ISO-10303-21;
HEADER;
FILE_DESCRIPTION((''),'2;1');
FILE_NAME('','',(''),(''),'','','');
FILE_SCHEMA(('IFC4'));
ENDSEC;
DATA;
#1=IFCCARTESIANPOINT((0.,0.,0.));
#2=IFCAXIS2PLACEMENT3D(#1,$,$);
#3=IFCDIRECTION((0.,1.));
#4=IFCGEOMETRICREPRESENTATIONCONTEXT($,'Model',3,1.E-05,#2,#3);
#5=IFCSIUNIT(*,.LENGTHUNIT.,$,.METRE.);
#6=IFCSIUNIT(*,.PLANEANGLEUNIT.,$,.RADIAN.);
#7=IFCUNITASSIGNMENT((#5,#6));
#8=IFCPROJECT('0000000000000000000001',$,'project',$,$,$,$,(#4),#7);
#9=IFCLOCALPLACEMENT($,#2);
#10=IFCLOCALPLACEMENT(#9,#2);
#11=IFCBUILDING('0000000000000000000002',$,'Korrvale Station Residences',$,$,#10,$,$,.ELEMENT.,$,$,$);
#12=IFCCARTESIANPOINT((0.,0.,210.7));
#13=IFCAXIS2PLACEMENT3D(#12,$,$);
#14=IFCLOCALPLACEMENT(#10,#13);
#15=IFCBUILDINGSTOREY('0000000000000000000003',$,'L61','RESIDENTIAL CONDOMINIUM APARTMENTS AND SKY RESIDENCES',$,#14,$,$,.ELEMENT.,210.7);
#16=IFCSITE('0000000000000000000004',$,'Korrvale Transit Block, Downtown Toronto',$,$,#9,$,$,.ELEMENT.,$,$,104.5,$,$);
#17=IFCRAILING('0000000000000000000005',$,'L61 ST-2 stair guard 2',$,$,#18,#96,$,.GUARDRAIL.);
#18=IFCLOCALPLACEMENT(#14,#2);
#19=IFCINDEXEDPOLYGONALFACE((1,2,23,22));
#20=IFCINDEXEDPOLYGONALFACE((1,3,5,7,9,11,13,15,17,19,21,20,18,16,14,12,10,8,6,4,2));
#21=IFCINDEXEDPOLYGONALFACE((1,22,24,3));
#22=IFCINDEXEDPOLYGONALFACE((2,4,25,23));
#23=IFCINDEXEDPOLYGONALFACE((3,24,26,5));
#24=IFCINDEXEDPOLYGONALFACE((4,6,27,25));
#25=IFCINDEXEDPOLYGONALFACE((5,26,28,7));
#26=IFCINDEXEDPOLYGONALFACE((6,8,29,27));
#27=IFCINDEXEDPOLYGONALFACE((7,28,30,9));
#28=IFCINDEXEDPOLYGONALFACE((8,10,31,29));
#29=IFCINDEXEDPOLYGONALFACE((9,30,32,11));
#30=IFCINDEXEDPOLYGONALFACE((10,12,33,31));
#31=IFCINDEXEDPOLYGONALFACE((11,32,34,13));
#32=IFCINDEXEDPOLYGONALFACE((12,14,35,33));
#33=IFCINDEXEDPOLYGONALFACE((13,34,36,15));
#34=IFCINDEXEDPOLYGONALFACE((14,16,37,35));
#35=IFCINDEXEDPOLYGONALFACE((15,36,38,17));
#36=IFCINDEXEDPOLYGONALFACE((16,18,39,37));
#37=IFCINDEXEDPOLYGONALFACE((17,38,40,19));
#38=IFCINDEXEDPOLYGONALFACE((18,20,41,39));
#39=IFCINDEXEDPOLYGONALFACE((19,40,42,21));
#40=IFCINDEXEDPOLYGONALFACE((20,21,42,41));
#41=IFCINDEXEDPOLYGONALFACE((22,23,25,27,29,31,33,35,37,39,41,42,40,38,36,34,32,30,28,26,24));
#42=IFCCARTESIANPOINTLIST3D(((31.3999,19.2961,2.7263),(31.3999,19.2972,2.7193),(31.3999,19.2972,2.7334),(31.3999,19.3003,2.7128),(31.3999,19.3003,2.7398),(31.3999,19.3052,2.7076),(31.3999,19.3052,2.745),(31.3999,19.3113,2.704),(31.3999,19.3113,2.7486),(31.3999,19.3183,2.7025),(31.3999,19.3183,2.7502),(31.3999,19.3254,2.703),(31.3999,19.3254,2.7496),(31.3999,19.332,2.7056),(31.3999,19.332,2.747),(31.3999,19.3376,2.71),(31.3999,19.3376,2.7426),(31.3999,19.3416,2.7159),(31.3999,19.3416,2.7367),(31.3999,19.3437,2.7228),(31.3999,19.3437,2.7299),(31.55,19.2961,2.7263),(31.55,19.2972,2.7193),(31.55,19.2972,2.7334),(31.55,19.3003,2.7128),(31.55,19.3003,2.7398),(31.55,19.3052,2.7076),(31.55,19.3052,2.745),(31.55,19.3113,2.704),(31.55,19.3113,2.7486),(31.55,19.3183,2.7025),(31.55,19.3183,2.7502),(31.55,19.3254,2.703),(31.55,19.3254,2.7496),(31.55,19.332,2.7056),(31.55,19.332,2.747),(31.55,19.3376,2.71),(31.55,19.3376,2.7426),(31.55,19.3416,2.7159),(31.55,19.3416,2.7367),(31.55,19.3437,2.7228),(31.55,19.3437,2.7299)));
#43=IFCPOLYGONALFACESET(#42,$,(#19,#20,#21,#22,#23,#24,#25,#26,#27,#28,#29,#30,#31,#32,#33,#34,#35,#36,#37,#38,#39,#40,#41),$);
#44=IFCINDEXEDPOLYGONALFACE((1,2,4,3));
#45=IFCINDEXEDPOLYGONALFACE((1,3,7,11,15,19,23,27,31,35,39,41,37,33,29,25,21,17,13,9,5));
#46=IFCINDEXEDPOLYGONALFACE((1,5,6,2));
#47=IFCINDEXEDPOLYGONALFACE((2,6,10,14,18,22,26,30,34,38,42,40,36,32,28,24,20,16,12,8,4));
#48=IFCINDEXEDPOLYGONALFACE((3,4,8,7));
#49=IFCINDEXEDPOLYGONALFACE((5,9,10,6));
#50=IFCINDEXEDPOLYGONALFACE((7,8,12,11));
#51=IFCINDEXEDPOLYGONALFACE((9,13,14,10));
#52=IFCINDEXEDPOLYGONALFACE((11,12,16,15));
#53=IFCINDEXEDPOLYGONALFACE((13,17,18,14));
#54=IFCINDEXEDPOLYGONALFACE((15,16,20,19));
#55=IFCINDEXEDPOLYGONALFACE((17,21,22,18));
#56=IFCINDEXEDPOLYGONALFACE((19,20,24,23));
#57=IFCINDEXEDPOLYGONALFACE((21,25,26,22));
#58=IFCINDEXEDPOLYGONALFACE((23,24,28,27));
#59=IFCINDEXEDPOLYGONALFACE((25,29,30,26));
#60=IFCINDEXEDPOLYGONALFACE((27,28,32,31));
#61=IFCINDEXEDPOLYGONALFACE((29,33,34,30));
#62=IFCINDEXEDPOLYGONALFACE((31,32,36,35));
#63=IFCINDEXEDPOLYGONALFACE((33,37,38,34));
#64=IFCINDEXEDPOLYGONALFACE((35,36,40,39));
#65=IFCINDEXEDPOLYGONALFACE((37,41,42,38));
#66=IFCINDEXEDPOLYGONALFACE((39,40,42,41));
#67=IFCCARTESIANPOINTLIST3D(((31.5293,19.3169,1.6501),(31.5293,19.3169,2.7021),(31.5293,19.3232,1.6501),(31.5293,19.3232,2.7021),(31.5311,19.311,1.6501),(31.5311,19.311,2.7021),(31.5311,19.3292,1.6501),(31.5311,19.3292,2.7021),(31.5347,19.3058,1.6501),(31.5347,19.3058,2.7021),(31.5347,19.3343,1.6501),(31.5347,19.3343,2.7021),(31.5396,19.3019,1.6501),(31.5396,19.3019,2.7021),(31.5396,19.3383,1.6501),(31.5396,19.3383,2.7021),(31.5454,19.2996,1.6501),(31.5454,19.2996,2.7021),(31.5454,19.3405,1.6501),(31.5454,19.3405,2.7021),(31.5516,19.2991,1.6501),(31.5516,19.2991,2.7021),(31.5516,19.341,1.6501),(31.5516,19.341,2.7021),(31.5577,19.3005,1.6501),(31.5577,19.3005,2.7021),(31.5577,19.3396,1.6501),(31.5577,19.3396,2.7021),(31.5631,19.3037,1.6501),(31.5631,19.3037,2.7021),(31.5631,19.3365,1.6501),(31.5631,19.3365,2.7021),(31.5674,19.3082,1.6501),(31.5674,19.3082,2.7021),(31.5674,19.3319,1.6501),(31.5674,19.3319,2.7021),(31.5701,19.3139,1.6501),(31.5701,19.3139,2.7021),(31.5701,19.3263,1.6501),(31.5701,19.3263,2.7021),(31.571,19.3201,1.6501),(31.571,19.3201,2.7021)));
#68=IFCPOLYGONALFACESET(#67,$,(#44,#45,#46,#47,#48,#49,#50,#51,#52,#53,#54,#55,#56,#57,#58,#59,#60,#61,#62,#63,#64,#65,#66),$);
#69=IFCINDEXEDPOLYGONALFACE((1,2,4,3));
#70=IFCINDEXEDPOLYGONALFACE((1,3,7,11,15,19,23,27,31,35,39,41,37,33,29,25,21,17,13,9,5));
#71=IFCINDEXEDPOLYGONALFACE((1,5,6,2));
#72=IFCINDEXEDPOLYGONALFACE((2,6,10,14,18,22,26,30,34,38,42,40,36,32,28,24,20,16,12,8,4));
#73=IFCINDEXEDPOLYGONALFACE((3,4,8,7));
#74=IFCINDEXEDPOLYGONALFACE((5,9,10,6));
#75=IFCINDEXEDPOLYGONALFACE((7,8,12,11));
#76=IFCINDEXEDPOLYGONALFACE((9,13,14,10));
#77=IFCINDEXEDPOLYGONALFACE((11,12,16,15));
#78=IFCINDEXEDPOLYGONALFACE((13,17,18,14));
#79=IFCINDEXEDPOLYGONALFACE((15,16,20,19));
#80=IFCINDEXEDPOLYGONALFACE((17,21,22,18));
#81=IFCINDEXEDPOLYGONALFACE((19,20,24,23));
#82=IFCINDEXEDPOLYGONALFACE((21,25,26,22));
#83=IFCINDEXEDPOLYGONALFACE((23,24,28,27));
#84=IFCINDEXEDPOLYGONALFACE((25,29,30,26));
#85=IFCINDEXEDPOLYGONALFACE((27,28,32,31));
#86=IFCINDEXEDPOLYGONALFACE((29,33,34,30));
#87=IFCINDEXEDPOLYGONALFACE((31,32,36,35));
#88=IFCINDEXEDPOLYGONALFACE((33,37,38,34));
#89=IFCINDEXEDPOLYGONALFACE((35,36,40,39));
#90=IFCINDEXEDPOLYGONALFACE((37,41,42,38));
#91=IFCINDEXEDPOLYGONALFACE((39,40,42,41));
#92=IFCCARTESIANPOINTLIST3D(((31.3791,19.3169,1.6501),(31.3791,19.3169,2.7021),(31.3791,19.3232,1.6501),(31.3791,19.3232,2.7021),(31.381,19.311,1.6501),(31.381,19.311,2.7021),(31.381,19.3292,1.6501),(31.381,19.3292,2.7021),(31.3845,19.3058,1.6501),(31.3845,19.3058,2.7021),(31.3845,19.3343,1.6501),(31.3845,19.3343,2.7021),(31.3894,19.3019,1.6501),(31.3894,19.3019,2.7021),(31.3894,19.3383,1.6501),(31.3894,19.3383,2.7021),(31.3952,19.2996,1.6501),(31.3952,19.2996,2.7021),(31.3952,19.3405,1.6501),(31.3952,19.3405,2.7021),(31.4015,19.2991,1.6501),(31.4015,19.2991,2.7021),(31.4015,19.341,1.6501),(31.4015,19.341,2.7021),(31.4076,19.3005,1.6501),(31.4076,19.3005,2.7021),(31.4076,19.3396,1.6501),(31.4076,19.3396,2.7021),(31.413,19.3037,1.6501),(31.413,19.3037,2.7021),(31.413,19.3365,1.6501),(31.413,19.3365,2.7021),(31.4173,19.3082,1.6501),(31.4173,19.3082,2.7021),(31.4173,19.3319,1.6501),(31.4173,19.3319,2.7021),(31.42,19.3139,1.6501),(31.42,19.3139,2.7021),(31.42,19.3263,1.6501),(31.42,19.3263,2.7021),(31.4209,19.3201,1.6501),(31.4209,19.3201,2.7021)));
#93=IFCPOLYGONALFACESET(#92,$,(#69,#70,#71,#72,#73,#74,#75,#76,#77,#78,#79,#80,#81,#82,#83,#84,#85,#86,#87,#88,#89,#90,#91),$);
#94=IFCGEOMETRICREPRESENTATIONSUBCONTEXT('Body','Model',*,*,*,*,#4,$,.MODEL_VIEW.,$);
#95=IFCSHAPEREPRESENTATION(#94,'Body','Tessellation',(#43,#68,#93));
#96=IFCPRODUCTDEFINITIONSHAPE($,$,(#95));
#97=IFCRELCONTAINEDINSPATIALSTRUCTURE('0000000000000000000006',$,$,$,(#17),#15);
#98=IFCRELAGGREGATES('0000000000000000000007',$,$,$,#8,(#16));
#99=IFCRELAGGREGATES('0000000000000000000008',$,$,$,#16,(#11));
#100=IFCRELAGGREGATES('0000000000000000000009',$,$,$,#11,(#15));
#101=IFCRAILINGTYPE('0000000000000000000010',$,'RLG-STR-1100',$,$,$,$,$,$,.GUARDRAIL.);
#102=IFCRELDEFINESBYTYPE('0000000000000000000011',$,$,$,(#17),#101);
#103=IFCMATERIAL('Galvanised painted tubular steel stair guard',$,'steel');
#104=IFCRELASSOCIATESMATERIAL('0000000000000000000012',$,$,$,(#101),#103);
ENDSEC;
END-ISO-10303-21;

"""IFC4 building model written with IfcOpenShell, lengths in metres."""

from ifc_helpers import new_model, si_unit, direction, frame, origin, origin_2d, place, context, subcontext, project, spatial, circle, extrude, material, type_object, element, save


model = new_model("IFC4")

# Units and contexts
model_context = context("Model", 3, precision=1e-05, world=origin(), true_north=direction((0.0, 1.0)))
body_context = subcontext(model_context, "Body", "Model", "MODEL_VIEW")
ifc_project = project(units=[si_unit("LENGTHUNIT", "METRE"), si_unit("PLANEANGLEUNIT", "RADIAN")], contexts=[model_context])

# Site, building, storey
site_placement = place(None, origin())
site = spatial("IfcSite", under=ifc_project, at=site_placement, Name="Korrvale Transit Block, Downtown Toronto", CompositionType="ELEMENT", RefElevation=104.5)
building_placement = place(site_placement, origin())
building = spatial("IfcBuilding", under=site, at=building_placement, Name="Korrvale Station Residences", CompositionType="ELEMENT")
storey_placement = place(building_placement, frame((0.0, 0.0, 210.7)))
storey = spatial("IfcBuildingStorey", under=building, at=storey_placement, Name="L61", Description="RESIDENTIAL CONDOMINIUM APARTMENTS AND SKY RESIDENCES", CompositionType="ELEMENT", Elevation=210.7)

# Railing
ifc_material_1 = material(Name="Galvanised painted tubular steel stair guard", Category="steel")
railing_type_1 = type_object("IfcRailingType", Name="RLG-STR-1100", PredefinedType="GUARDRAIL", material=ifc_material_1)
railing_1_placement = place(storey_placement, frame((31.55, 19.3201, 1.6501)))
element("IfcRailing", 1, at=railing_1_placement, inside=storey, type_object=railing_type_1, Name="L61 ST-2 stair guard 2", PredefinedType="GUARDRAIL", context=body_context, shape_type="SweptSolid", body=[
    extrude(circle(Radius=0.0239, at=origin_2d()), frame((0.0, 0.0, 1.0762), z_axis=(-1.0, 0.0, 0.0), x_axis=(0.0, -1.0, 0.0)), (0.0, 0.0, 1.0), 0.1501),
    extrude(circle(Radius=0.021, at=origin_2d()), origin(), (0.0, 0.0, 1.0), 1.052),
    extrude(circle(Radius=0.021, at=origin_2d()), frame((-0.1501, 0.0, 0.0)), (0.0, 0.0, 1.0), 1.052),
])

save(model, "model.ifc")
